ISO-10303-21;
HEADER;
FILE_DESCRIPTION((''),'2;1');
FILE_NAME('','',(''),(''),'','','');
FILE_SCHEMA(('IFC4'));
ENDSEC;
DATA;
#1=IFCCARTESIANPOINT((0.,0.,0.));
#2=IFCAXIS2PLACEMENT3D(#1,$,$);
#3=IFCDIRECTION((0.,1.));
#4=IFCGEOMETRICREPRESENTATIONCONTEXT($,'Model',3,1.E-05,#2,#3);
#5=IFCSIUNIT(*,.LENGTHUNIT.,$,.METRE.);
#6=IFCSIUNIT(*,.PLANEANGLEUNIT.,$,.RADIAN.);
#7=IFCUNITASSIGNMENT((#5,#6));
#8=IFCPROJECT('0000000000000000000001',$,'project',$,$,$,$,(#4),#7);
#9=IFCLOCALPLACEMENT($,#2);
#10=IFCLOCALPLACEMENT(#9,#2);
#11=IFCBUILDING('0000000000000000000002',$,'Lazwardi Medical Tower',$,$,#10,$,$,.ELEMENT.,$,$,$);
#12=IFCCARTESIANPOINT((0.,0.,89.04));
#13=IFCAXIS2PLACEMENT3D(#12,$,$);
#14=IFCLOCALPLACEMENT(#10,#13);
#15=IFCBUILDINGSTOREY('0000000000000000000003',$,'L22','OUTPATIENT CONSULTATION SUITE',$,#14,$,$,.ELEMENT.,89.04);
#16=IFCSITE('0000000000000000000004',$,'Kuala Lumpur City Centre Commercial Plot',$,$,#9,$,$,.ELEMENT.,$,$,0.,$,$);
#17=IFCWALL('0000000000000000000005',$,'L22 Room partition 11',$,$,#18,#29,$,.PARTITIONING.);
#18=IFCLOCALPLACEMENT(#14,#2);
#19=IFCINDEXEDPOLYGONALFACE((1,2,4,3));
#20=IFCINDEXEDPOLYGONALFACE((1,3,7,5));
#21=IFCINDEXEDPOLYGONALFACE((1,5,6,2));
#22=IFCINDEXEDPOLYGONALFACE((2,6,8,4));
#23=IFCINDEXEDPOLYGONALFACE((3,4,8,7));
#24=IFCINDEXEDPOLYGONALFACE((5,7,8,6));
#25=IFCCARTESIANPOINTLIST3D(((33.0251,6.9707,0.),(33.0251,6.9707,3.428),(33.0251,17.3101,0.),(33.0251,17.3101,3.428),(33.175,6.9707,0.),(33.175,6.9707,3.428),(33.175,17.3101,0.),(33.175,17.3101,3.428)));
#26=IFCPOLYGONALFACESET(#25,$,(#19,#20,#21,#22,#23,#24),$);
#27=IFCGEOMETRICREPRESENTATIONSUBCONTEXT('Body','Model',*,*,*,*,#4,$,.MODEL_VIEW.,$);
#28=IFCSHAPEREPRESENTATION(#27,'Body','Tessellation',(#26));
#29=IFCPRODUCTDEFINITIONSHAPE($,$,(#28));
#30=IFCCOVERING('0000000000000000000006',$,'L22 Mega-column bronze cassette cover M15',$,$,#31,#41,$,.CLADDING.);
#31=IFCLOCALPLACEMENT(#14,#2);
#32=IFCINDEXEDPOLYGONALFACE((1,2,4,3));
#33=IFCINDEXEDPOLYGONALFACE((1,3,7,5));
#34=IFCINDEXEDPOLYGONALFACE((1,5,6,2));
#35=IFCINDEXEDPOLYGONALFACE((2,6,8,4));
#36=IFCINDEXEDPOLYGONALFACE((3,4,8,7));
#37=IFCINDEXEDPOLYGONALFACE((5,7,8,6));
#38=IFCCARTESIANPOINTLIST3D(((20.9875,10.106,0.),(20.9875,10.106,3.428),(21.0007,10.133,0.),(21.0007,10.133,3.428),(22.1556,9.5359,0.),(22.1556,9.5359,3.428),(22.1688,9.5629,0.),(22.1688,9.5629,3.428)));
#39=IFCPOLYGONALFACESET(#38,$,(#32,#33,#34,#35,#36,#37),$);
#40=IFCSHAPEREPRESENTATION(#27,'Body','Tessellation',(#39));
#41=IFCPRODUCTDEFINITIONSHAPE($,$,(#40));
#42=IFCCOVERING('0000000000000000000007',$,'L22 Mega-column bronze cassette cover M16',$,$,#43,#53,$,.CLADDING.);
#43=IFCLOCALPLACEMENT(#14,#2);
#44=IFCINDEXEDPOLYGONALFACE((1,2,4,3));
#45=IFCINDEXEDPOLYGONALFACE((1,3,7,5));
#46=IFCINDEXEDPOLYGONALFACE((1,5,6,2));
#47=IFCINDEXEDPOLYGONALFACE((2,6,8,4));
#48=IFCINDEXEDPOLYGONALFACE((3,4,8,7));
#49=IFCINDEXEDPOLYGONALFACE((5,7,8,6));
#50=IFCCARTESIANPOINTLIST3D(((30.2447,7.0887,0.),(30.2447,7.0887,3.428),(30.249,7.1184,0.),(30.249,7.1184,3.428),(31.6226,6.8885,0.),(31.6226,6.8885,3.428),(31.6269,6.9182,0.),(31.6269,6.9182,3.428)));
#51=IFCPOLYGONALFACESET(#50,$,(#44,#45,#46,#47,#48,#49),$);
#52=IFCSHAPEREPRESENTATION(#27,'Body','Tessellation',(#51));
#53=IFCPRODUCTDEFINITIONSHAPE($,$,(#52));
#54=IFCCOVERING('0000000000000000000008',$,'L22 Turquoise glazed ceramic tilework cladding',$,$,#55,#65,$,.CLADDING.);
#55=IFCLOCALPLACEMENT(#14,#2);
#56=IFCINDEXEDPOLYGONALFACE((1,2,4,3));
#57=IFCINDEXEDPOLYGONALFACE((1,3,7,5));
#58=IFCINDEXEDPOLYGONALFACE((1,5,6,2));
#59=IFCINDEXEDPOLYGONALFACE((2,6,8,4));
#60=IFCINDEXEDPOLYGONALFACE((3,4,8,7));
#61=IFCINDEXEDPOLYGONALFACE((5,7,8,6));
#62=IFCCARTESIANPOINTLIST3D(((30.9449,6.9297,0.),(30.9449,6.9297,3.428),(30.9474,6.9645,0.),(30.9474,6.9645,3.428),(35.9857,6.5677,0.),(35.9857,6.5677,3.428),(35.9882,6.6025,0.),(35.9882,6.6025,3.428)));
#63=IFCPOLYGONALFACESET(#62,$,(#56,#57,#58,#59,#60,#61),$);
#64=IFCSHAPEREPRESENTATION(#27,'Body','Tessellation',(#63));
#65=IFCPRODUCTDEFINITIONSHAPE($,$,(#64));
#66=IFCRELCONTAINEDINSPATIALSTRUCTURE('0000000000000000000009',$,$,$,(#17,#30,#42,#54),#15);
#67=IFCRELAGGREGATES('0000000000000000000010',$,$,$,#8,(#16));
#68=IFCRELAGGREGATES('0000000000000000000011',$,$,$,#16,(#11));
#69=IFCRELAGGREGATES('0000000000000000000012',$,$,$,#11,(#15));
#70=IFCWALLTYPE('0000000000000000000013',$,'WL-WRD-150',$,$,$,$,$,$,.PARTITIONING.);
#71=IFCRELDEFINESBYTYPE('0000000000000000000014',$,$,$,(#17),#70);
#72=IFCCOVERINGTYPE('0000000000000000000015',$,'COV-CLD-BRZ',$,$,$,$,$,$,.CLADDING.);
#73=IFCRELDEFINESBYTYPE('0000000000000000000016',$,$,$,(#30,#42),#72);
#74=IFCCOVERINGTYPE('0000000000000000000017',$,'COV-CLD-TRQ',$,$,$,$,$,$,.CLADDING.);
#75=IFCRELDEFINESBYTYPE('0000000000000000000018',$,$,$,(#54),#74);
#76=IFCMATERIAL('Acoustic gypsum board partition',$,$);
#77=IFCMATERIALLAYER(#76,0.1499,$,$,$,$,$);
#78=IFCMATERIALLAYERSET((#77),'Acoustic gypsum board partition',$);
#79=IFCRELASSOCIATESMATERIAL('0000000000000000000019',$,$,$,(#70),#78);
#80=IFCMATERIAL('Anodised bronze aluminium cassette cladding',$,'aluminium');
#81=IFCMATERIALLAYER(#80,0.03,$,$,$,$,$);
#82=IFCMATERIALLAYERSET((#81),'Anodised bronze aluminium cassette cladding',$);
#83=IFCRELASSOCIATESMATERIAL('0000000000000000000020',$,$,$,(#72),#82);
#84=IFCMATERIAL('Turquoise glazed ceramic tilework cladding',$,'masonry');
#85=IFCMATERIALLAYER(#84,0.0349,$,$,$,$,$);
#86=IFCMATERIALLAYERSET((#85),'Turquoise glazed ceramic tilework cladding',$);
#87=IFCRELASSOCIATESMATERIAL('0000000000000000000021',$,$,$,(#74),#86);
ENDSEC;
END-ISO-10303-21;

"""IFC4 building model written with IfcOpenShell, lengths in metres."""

from ifc_helpers import new_model, si_unit, direction, frame, frame_2d, origin, origin_2d, place, context, subcontext, project, spatial, rectangle, extrude, material, layer, layer_set, type_object, element, save


model = new_model("IFC4")

# Units and contexts
model_context = context("Model", 3, precision=1e-05, world=origin(), true_north=direction((0.0, 1.0)))
body_context = subcontext(model_context, "Body", "Model", "MODEL_VIEW")
ifc_project = project(units=[si_unit("LENGTHUNIT", "METRE"), si_unit("PLANEANGLEUNIT", "RADIAN")], contexts=[model_context])

# Site, building, storey
site_placement = place(None, origin())
site = spatial("IfcSite", under=ifc_project, at=site_placement, Name="Kuala Lumpur City Centre Commercial Plot", CompositionType="ELEMENT", RefElevation=0.0)
building_placement = place(site_placement, origin())
building = spatial("IfcBuilding", under=site, at=building_placement, Name="Lazwardi Medical Tower", CompositionType="ELEMENT")
storey_placement = place(building_placement, frame((0.0, 0.0, 89.04)))
storey = spatial("IfcBuildingStorey", under=building, at=storey_placement, Name="L22", Description="OUTPATIENT CONSULTATION SUITE", CompositionType="ELEMENT", Elevation=89.04)

# Wall
ifc_material_1 = material(Name="Acoustic gypsum board partition")
ifc_layer_1 = layer(ifc_material_1, 0.1499)
ifc_layer_set_1 = layer_set([ifc_layer_1], Name="Acoustic gypsum board partition")
wall_type_1 = type_object("IfcWallType", Name="WL-WRD-150", PredefinedType="PARTITIONING", material=ifc_layer_set_1)
wall_1_placement = place(storey_placement, frame((33.1001, 6.9707, 0.0), z_axis=(0.0, 0.0, 1.0), x_axis=(0.0, 1.0, 0.0)))
element("IfcWall", 1, at=wall_1_placement, inside=storey, type_object=wall_type_1, Name="L22 Room partition 11", PredefinedType="PARTITIONING", context=body_context, shape_type="SweptSolid", body=[
    extrude(rectangle(XDim=10.3394, YDim=0.1499, at=frame_2d((5.1697, 0.0))), origin(), (0.0, 0.0, 1.0), 3.428),
])

# Coverings
ifc_material_2 = material(Name="Anodised bronze aluminium cassette cladding", Category="aluminium")
ifc_layer_2 = layer(ifc_material_2, 0.03)
ifc_layer_set_2 = layer_set([ifc_layer_2], Name="Anodised bronze aluminium cassette cladding")
covering_type_1 = type_object("IfcCoveringType", Name="COV-CLD-BRZ", PredefinedType="CLADDING", material=ifc_layer_set_2)
covering_1_placement = place(storey_placement, frame((21.5781, 9.8345, 0.0), z_axis=(0.0, 0.0, 1.0), x_axis=(0.898679, -0.438606, 0.0)))
element("IfcCovering", 2, at=covering_1_placement, inside=storey, type_object=covering_type_1, Name="L22 Mega-column bronze cassette cover M15", PredefinedType="CLADDING", context=body_context, shape_type="SweptSolid", body=[
    extrude(rectangle(XDim=1.2998, YDim=0.03, at=origin_2d()), origin(), (0.0, 0.0, 1.0), 3.428),
])
covering_2_placement = place(storey_placement, frame((30.9358, 7.0034, 0.0), z_axis=(0.0, 0.0, 1.0), x_axis=(0.989609, -0.143785, 0.0)))
element("IfcCovering", 3, at=covering_2_placement, inside=storey, type_object=covering_type_1, Name="L22 Mega-column bronze cassette cover M16", PredefinedType="CLADDING", context=body_context, shape_type="SweptSolid", body=[
    extrude(rectangle(XDim=1.3923, YDim=0.03, at=origin_2d()), origin(), (0.0, 0.0, 1.0), 3.428),
])
ifc_material_3 = material(Name="Turquoise glazed ceramic tilework cladding", Category="masonry")
ifc_layer_3 = layer(ifc_material_3, 0.0349)
ifc_layer_set_3 = layer_set([ifc_layer_3], Name="Turquoise glazed ceramic tilework cladding")
covering_type_2 = type_object("IfcCoveringType", Name="COV-CLD-TRQ", PredefinedType="CLADDING", material=ifc_layer_set_3)
covering_3_placement = place(storey_placement, frame((33.4666, 6.7661, 0.0), z_axis=(0.0, 0.0, 1.0), x_axis=(0.997431, -0.071631, 0.0)))
element("IfcCovering", 4, at=covering_3_placement, inside=storey, type_object=covering_type_2, Name="L22 Turquoise glazed ceramic tilework cladding", PredefinedType="CLADDING", context=body_context, shape_type="SweptSolid", body=[
    extrude(rectangle(XDim=5.0537, YDim=0.0349, at=origin_2d()), origin(), (0.0, 0.0, 1.0), 3.428),
])

save(model, "model.ifc")
